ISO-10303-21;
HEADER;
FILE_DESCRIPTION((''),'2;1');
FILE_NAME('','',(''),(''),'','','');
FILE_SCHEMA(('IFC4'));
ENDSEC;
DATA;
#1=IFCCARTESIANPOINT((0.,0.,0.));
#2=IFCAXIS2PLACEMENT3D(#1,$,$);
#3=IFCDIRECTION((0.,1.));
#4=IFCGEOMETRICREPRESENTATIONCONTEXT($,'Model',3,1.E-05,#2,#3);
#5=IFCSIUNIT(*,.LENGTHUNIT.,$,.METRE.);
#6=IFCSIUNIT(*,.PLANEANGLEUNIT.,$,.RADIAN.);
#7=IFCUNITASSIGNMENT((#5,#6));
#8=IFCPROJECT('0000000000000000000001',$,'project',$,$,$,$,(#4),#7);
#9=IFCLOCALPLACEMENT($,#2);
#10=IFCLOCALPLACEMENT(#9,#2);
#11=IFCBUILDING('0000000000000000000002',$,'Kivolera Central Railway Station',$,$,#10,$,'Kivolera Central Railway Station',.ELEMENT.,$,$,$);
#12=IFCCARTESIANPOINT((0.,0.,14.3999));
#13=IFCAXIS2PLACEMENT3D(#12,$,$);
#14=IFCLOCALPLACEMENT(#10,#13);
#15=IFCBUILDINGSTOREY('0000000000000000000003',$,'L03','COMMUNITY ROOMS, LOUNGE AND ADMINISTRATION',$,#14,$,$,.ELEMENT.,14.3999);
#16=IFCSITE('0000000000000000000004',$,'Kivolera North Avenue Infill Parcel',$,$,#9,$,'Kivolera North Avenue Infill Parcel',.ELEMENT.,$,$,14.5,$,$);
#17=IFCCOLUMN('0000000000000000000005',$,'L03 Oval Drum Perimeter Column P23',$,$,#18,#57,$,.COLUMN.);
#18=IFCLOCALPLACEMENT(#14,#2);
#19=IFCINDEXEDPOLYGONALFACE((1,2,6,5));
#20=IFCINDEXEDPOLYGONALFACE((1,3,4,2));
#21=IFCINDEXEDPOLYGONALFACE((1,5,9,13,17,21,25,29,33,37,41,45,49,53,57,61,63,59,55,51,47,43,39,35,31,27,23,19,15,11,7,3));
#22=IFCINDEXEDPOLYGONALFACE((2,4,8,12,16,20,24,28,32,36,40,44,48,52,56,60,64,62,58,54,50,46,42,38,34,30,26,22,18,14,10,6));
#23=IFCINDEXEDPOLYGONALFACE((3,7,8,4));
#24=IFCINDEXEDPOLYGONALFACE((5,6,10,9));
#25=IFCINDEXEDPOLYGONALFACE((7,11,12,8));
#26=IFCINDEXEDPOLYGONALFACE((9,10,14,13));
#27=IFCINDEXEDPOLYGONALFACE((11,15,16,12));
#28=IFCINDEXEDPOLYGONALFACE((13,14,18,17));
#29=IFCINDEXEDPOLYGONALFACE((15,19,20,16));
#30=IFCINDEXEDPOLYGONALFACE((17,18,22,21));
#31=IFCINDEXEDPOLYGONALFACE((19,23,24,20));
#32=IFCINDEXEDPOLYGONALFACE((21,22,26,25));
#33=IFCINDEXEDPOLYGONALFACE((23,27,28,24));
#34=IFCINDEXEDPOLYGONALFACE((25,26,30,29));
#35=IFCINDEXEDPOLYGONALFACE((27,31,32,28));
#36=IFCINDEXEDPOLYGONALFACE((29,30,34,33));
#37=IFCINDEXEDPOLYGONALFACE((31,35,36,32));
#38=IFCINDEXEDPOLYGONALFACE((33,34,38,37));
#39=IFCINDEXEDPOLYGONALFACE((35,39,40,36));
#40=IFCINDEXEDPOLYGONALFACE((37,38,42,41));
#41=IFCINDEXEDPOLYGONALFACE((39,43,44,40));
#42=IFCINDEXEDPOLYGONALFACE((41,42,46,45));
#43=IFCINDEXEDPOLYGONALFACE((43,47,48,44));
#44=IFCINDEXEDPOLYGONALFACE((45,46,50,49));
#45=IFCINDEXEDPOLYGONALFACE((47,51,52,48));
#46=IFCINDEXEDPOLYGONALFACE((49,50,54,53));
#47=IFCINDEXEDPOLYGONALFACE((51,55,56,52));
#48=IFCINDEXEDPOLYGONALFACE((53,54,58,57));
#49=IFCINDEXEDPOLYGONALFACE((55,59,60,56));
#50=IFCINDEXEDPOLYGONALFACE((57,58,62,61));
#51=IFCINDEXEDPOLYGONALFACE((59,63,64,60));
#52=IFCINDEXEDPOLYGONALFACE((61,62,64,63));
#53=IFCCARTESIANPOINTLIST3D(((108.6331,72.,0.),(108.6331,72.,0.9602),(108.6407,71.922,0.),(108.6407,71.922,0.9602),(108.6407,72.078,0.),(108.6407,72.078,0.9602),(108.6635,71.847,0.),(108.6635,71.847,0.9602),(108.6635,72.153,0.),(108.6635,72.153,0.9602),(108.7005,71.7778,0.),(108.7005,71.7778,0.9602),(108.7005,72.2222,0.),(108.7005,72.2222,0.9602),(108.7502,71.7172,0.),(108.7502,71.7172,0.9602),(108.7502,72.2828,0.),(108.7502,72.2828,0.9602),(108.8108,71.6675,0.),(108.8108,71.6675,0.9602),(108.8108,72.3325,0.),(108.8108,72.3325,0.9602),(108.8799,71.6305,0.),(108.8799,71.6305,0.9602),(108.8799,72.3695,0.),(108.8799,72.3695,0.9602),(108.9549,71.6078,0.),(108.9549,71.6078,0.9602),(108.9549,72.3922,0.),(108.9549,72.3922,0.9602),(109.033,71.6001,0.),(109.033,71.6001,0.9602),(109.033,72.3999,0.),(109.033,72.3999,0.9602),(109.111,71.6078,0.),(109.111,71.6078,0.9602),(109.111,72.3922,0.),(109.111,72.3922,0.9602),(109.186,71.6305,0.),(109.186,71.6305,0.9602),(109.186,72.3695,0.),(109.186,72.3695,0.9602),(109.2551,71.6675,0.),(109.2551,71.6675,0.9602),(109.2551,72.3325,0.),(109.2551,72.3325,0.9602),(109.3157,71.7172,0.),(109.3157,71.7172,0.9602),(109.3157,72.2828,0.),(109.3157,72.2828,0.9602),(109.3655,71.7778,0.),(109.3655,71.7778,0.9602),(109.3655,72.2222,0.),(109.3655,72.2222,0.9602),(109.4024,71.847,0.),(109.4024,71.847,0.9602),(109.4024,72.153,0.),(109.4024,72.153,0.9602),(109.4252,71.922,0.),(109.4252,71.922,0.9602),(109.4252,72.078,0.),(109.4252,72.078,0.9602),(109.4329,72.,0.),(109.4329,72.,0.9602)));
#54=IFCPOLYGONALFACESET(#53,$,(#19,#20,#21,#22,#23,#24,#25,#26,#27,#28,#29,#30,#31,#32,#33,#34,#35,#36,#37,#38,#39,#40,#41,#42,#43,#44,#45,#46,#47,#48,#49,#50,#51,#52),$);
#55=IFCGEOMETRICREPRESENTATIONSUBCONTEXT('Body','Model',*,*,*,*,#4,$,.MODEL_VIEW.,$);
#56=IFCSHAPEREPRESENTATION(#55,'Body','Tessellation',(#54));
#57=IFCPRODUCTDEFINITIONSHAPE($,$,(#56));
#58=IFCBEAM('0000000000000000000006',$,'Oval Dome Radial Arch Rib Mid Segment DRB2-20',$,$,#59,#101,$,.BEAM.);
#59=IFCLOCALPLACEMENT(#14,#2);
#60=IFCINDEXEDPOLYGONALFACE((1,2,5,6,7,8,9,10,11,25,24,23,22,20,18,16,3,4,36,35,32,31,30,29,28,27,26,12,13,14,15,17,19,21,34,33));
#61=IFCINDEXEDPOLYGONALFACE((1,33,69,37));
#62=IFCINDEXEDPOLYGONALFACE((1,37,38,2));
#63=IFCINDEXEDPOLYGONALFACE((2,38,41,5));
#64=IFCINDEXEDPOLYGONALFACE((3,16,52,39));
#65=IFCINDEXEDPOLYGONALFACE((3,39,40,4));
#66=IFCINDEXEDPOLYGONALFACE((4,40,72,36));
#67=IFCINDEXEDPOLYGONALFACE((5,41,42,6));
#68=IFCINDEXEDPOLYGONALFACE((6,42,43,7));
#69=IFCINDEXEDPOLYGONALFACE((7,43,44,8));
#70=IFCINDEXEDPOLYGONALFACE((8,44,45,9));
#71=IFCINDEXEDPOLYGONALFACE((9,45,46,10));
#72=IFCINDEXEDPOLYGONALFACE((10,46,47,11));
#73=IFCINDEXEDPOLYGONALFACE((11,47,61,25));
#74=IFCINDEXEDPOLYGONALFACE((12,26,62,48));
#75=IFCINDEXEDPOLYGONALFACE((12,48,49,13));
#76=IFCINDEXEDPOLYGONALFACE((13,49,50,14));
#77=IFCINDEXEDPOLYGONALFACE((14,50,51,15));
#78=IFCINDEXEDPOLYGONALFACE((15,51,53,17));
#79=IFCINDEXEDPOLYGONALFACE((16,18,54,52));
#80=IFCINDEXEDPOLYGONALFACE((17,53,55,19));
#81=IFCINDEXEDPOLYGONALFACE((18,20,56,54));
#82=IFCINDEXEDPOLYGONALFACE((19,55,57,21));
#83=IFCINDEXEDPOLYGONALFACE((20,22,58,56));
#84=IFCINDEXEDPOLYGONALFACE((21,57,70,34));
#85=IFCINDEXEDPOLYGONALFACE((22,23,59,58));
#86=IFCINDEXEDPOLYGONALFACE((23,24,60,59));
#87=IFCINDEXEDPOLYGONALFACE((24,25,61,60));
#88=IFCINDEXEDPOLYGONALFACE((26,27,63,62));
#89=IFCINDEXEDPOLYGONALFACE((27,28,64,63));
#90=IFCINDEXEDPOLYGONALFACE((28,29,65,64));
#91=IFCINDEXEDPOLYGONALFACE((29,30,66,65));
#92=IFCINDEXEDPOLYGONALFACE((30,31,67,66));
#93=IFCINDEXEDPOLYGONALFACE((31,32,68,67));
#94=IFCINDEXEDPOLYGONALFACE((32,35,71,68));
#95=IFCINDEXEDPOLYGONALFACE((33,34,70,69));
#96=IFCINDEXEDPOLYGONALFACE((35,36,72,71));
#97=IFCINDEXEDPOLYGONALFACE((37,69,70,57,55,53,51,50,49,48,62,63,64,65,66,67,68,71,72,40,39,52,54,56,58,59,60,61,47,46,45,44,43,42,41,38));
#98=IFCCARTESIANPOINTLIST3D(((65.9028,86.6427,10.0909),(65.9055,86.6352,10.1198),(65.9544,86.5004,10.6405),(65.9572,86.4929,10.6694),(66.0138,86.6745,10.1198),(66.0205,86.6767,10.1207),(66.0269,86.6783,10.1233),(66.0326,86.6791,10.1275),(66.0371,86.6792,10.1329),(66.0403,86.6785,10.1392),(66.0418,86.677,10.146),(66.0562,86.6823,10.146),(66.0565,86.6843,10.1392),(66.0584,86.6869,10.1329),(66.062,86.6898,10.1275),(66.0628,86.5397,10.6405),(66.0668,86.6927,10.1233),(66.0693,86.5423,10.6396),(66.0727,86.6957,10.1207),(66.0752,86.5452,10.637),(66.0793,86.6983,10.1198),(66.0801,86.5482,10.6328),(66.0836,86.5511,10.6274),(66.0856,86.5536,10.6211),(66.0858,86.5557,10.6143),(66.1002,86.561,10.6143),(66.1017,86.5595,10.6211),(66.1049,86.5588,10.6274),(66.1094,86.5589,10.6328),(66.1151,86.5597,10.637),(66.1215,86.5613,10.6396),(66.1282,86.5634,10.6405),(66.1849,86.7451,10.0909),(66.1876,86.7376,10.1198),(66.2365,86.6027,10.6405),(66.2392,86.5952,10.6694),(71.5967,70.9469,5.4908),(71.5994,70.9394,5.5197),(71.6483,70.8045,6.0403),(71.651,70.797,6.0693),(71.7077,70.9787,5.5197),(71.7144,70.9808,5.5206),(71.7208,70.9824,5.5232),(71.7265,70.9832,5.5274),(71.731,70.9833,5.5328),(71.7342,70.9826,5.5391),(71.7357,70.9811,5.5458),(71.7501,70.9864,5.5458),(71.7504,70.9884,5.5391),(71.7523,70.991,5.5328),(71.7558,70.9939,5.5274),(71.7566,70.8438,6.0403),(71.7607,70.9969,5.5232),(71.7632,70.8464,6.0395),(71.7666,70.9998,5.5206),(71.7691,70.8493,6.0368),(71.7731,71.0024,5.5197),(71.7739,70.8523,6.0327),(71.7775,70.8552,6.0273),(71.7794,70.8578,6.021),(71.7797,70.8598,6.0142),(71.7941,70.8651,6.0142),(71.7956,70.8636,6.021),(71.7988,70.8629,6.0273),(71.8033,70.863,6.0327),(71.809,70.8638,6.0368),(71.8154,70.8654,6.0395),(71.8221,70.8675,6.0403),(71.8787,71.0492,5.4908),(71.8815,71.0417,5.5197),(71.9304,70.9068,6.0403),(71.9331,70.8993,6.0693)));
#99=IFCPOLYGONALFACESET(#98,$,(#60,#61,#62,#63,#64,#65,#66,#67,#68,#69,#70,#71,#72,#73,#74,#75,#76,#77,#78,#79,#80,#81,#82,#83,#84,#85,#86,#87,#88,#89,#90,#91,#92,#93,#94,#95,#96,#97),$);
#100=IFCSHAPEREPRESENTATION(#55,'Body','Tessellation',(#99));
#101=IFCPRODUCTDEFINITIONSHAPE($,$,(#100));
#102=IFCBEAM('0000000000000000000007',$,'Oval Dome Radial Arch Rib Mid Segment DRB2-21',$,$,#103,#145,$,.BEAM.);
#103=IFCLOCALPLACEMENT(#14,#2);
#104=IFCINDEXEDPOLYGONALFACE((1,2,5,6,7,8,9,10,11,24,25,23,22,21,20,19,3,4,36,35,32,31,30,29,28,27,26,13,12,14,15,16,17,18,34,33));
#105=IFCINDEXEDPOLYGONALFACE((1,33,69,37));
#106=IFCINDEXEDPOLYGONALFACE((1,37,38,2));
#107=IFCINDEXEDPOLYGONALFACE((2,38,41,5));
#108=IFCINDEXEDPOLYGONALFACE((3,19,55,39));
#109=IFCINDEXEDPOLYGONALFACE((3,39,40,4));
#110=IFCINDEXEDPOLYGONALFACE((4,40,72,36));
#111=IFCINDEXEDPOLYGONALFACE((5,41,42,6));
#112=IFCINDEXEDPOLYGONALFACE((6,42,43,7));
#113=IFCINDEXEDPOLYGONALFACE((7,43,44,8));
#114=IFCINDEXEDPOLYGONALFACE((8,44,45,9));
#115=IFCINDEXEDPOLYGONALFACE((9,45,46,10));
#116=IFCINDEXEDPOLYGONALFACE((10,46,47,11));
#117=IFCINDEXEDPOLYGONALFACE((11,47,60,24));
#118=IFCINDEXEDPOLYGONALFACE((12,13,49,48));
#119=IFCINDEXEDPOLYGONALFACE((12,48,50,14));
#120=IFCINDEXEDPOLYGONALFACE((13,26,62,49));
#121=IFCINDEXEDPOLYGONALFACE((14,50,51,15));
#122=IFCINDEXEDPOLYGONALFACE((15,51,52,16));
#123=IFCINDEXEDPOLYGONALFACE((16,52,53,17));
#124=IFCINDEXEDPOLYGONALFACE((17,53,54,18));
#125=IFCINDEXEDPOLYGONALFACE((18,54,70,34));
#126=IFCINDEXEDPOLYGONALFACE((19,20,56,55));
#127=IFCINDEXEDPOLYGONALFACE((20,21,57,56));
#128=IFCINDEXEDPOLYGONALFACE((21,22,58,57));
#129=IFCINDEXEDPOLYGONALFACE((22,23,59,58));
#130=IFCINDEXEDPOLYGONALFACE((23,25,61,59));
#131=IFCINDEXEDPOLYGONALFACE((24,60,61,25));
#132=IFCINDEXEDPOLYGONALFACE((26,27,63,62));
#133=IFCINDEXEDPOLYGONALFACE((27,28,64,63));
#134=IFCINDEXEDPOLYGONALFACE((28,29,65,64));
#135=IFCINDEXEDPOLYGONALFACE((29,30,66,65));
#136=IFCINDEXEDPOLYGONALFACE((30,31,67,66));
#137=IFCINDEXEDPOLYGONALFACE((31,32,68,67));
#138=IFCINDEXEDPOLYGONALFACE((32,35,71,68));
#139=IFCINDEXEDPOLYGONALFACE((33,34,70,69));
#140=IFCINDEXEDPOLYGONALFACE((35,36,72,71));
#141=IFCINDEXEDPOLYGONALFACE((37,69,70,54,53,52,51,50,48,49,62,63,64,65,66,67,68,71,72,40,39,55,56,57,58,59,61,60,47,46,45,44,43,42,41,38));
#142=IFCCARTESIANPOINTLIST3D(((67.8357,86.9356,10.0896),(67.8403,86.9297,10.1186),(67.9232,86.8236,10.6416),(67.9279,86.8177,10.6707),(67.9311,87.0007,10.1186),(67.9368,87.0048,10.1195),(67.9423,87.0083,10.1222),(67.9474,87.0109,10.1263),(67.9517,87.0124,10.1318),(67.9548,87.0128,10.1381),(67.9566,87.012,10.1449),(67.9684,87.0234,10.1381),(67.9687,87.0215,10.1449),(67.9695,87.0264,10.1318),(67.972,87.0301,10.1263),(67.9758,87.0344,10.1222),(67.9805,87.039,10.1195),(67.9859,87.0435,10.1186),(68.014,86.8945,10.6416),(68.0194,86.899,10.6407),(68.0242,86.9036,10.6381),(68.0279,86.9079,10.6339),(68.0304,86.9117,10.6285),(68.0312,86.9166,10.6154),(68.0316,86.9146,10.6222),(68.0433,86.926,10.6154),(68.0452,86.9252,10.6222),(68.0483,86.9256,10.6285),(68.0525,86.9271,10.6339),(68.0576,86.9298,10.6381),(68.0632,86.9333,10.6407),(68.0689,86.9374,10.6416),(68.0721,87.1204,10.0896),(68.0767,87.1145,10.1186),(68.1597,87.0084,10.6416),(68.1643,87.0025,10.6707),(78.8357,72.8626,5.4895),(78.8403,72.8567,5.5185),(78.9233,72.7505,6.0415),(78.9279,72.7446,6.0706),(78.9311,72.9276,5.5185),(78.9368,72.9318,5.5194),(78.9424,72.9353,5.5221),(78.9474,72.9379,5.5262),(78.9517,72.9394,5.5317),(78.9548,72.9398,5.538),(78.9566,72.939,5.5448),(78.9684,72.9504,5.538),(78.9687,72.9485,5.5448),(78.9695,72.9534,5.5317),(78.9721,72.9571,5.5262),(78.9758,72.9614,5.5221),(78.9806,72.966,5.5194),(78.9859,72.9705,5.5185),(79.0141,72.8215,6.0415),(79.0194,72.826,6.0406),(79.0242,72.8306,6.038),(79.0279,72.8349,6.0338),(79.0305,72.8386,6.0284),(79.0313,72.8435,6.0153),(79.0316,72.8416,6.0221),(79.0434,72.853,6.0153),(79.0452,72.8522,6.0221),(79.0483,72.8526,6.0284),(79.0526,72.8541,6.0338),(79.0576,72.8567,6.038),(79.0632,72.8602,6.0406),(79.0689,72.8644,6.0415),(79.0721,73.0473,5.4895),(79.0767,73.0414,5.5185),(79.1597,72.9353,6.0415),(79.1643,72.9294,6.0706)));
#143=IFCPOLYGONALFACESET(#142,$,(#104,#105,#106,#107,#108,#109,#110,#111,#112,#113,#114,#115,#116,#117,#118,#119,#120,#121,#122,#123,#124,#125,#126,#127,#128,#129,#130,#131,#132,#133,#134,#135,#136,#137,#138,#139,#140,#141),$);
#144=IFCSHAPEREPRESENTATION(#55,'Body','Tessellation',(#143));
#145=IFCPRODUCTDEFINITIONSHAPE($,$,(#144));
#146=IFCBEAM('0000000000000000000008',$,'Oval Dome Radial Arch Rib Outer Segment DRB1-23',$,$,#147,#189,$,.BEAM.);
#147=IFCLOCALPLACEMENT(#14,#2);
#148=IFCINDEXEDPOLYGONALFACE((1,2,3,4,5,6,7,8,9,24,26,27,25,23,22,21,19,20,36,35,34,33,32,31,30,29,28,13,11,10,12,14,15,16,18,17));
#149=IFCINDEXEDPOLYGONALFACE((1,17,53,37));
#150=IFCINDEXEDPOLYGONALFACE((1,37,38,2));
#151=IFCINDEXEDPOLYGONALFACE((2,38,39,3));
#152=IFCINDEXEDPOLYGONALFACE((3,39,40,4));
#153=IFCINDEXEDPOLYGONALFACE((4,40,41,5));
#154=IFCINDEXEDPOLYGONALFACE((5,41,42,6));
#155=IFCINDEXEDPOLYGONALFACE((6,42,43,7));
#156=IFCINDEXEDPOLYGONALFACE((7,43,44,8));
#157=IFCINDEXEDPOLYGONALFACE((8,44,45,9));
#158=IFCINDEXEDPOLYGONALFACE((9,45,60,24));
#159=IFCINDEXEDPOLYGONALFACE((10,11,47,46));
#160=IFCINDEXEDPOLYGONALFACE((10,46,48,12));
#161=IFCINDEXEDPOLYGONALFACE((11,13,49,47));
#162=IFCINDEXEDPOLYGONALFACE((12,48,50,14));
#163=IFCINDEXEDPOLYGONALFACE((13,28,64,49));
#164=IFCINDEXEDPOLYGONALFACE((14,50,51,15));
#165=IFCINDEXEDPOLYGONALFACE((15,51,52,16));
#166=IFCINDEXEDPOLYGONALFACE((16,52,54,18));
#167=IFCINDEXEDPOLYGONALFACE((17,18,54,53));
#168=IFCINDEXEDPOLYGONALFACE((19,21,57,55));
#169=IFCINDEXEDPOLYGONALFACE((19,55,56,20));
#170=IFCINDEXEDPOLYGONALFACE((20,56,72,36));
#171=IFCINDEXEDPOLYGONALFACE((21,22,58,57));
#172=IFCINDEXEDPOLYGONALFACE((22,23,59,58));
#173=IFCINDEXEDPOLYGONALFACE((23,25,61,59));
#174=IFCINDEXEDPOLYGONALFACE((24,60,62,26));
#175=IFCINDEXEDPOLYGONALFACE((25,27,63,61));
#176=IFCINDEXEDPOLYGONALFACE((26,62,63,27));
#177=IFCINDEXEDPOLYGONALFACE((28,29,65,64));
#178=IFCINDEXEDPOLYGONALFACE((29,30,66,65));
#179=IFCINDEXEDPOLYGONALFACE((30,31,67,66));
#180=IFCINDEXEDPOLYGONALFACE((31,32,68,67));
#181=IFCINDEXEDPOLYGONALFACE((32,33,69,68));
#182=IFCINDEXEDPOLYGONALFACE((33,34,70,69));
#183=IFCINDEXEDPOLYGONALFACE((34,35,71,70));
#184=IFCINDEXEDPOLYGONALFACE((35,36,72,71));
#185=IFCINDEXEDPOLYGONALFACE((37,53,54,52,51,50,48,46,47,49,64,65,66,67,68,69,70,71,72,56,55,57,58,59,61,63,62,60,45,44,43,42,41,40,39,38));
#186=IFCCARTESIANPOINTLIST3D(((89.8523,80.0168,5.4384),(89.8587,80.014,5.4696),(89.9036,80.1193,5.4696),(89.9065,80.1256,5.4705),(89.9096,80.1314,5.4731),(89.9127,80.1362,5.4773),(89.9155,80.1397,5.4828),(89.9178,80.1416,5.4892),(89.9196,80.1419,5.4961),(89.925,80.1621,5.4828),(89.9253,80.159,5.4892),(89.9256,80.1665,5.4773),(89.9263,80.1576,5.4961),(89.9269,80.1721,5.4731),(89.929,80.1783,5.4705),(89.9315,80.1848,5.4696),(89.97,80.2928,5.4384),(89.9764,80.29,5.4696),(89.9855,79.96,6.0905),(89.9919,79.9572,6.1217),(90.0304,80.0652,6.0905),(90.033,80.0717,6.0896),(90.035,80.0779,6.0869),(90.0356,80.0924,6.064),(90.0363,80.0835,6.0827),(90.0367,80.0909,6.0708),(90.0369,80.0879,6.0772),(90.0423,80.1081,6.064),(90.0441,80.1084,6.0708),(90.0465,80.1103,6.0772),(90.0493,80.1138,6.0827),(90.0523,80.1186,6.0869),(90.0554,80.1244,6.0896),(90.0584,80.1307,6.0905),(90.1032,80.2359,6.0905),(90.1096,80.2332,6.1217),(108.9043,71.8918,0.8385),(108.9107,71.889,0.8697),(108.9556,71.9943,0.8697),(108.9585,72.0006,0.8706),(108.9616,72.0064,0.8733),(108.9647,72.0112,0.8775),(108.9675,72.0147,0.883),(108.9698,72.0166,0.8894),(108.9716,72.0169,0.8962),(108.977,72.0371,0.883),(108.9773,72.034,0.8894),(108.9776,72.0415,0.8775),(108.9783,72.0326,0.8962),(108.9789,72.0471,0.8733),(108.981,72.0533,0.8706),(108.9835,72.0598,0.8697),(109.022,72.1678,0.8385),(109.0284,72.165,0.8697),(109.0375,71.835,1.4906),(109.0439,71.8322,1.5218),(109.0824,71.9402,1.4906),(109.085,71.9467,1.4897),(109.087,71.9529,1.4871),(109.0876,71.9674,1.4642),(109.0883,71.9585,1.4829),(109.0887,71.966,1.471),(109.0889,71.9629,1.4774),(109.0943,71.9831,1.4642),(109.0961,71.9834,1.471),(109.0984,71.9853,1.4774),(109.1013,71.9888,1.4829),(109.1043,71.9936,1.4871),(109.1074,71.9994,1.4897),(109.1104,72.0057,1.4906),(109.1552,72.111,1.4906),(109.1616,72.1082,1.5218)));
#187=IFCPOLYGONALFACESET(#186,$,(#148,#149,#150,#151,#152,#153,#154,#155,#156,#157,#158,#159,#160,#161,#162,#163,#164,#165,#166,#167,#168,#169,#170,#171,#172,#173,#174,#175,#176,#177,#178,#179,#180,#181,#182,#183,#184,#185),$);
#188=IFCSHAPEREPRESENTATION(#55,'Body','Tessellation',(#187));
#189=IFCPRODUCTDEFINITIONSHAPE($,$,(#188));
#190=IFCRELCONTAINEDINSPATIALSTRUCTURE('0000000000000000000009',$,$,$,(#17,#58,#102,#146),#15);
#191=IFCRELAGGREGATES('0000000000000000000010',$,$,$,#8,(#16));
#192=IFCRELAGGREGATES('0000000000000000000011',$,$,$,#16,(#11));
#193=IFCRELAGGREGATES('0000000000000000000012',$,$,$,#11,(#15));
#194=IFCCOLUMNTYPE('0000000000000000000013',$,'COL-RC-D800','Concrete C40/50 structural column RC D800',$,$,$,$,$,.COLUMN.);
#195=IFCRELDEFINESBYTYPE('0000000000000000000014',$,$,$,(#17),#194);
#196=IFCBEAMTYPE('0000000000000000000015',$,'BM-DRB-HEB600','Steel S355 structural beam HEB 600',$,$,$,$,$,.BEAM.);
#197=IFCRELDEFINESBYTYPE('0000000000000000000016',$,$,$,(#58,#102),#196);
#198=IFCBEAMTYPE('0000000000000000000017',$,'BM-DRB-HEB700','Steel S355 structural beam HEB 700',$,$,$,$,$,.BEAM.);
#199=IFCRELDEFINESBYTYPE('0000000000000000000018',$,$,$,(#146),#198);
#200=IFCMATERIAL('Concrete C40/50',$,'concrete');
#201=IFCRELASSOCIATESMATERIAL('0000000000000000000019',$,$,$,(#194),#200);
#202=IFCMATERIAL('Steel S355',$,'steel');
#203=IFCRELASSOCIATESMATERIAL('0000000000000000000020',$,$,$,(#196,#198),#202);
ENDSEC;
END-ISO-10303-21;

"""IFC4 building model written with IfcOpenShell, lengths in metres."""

from ifc_helpers import new_model, si_unit, direction, frame, origin, origin_2d, place, context, subcontext, project, spatial, circle, i_section, extrude, material, material_profile, profile_set, type_object, element, save


model = new_model("IFC4")

# Units and contexts
model_context = context("Model", 3, precision=1e-05, world=origin(), true_north=direction((0.0, 1.0)))
body_context = subcontext(model_context, "Body", "Model", "MODEL_VIEW")
ifc_project = project(units=[si_unit("LENGTHUNIT", "METRE"), si_unit("PLANEANGLEUNIT", "RADIAN")], contexts=[model_context])

# Site, building, storey
site_placement = place(None, origin())
site = spatial("IfcSite", under=ifc_project, at=site_placement, Name="Kivolera North Avenue Infill Parcel", LongName="Kivolera North Avenue Infill Parcel", CompositionType="ELEMENT", RefElevation=14.5)
building_placement = place(site_placement, origin())
building = spatial("IfcBuilding", under=site, at=building_placement, Name="Kivolera Central Railway Station", LongName="Kivolera Central Railway Station", CompositionType="ELEMENT")
storey_placement = place(building_placement, frame((0.0, 0.0, 14.3999)))
storey = spatial("IfcBuildingStorey", under=building, at=storey_placement, Name="L03", Description="COMMUNITY ROOMS, LOUNGE AND ADMINISTRATION", CompositionType="ELEMENT", Elevation=14.3999)

# Column
ifc_material_1 = material(Name="Concrete C40/50", Category="concrete")
ifc_material_profile_1 = material_profile(ifc_material_1, circle(Radius=0.3999, at=origin_2d()), Name="RC D800")
ifc_profile_set_1 = profile_set([ifc_material_profile_1], Name="Concrete C40/50")
column_type = type_object("IfcColumnType", Name="COL-RC-D800", Description="Concrete C40/50 structural column RC D800", PredefinedType="COLUMN", material=ifc_profile_set_1)
column_placement = place(storey_placement, frame((109.033, 72.0, 0.0), z_axis=(0.0, 0.0, 1.0), x_axis=(1.0, 0.0, 0.0)))
element("IfcColumn", 1, at=column_placement, inside=storey, type_object=column_type, Name="L03 Oval Drum Perimeter Column P23", PredefinedType="COLUMN", context=body_context, shape_type="SweptSolid", body=[
    extrude(circle(Radius=0.3999, at=origin_2d()), origin(), (0.0, 0.0, 1.0), 0.9602),
])

# Beams
ifc_material_2 = material(Name="Steel S355", Category="steel")
ifc_material_profile_2 = material_profile(ifc_material_2, i_section(OverallWidth=0.3, OverallDepth=0.6001, WebThickness=0.0154, FlangeThickness=0.03, FilletRadius=0.0271, at=origin_2d()), Name="HEB 600")
ifc_profile_set_2 = profile_set([ifc_material_profile_2], Name="Steel S355")
beam_type_1 = type_object("IfcBeamType", Name="BM-DRB-HEB600", Description="Steel S355 structural beam HEB 600", PredefinedType="BEAM", material=ifc_profile_set_2)
beam_1_placement = place(storey_placement, frame((71.7649, 70.9231, 5.78), z_axis=(-0.328768, 0.90629, 0.265614), x_axis=(-0.940057, -0.341017, 0.0)))
element("IfcBeam", 2, at=beam_1_placement, inside=storey, type_object=beam_type_1, Name="Oval Dome Radial Arch Rib Mid Segment DRB2-20", PredefinedType="BEAM", context=body_context, shape_type="SweptSolid", body=[
    extrude(i_section(OverallWidth=0.3, OverallDepth=0.6001, WebThickness=0.0154, FlangeThickness=0.03, FilletRadius=0.0271, at=origin_2d()), origin(), (0.0, 0.0, 1.0), 17.3188),
])
beam_2_placement = place(storey_placement, frame((79.0, 72.896, 5.78), z_axis=(-0.596374, 0.76298, 0.249398), x_axis=(-0.787876, -0.615834, 0.0)))
element("IfcBeam", 3, at=beam_2_placement, inside=storey, type_object=beam_type_1, Name="Oval Dome Radial Arch Rib Mid Segment DRB2-21", PredefinedType="BEAM", context=body_context, shape_type="SweptSolid", body=[
    extrude(i_section(OverallWidth=0.3, OverallDepth=0.6001, WebThickness=0.0154, FlangeThickness=0.03, FilletRadius=0.0271, at=origin_2d()), origin(), (0.0, 0.0, 1.0), 18.4448),
])
ifc_material_profile_3 = material_profile(ifc_material_2, i_section(OverallWidth=0.3, OverallDepth=0.7, WebThickness=0.0171, FlangeThickness=0.032, FilletRadius=0.0271, at=origin_2d()), Name="HEB 700")
ifc_profile_set_3 = profile_set([ifc_material_profile_3], Name="Steel S355")
beam_type_2 = type_object("IfcBeamType", Name="BM-DRB-HEB700", Description="Steel S355 structural beam HEB 700", PredefinedType="BEAM", material=ifc_profile_set_3)
beam_3_placement = place(storey_placement, frame((109.033, 72.0, 1.1802), z_axis=(-0.897967, 0.382951, 0.216802), x_axis=(-0.392281, -0.919845, 0.0)))
element("IfcBeam", 4, at=beam_3_placement, inside=storey, type_object=beam_type_2, Name="Oval Dome Radial Arch Rib Outer Segment DRB1-23", PredefinedType="BEAM", context=body_context, shape_type="SweptSolid", body=[
    extrude(i_section(OverallWidth=0.3, OverallDepth=0.7, WebThickness=0.0171, FlangeThickness=0.032, FilletRadius=0.0271, at=origin_2d()), origin(), (0.0, 0.0, 1.0), 21.2168),
])

save(model, "model.ifc")
